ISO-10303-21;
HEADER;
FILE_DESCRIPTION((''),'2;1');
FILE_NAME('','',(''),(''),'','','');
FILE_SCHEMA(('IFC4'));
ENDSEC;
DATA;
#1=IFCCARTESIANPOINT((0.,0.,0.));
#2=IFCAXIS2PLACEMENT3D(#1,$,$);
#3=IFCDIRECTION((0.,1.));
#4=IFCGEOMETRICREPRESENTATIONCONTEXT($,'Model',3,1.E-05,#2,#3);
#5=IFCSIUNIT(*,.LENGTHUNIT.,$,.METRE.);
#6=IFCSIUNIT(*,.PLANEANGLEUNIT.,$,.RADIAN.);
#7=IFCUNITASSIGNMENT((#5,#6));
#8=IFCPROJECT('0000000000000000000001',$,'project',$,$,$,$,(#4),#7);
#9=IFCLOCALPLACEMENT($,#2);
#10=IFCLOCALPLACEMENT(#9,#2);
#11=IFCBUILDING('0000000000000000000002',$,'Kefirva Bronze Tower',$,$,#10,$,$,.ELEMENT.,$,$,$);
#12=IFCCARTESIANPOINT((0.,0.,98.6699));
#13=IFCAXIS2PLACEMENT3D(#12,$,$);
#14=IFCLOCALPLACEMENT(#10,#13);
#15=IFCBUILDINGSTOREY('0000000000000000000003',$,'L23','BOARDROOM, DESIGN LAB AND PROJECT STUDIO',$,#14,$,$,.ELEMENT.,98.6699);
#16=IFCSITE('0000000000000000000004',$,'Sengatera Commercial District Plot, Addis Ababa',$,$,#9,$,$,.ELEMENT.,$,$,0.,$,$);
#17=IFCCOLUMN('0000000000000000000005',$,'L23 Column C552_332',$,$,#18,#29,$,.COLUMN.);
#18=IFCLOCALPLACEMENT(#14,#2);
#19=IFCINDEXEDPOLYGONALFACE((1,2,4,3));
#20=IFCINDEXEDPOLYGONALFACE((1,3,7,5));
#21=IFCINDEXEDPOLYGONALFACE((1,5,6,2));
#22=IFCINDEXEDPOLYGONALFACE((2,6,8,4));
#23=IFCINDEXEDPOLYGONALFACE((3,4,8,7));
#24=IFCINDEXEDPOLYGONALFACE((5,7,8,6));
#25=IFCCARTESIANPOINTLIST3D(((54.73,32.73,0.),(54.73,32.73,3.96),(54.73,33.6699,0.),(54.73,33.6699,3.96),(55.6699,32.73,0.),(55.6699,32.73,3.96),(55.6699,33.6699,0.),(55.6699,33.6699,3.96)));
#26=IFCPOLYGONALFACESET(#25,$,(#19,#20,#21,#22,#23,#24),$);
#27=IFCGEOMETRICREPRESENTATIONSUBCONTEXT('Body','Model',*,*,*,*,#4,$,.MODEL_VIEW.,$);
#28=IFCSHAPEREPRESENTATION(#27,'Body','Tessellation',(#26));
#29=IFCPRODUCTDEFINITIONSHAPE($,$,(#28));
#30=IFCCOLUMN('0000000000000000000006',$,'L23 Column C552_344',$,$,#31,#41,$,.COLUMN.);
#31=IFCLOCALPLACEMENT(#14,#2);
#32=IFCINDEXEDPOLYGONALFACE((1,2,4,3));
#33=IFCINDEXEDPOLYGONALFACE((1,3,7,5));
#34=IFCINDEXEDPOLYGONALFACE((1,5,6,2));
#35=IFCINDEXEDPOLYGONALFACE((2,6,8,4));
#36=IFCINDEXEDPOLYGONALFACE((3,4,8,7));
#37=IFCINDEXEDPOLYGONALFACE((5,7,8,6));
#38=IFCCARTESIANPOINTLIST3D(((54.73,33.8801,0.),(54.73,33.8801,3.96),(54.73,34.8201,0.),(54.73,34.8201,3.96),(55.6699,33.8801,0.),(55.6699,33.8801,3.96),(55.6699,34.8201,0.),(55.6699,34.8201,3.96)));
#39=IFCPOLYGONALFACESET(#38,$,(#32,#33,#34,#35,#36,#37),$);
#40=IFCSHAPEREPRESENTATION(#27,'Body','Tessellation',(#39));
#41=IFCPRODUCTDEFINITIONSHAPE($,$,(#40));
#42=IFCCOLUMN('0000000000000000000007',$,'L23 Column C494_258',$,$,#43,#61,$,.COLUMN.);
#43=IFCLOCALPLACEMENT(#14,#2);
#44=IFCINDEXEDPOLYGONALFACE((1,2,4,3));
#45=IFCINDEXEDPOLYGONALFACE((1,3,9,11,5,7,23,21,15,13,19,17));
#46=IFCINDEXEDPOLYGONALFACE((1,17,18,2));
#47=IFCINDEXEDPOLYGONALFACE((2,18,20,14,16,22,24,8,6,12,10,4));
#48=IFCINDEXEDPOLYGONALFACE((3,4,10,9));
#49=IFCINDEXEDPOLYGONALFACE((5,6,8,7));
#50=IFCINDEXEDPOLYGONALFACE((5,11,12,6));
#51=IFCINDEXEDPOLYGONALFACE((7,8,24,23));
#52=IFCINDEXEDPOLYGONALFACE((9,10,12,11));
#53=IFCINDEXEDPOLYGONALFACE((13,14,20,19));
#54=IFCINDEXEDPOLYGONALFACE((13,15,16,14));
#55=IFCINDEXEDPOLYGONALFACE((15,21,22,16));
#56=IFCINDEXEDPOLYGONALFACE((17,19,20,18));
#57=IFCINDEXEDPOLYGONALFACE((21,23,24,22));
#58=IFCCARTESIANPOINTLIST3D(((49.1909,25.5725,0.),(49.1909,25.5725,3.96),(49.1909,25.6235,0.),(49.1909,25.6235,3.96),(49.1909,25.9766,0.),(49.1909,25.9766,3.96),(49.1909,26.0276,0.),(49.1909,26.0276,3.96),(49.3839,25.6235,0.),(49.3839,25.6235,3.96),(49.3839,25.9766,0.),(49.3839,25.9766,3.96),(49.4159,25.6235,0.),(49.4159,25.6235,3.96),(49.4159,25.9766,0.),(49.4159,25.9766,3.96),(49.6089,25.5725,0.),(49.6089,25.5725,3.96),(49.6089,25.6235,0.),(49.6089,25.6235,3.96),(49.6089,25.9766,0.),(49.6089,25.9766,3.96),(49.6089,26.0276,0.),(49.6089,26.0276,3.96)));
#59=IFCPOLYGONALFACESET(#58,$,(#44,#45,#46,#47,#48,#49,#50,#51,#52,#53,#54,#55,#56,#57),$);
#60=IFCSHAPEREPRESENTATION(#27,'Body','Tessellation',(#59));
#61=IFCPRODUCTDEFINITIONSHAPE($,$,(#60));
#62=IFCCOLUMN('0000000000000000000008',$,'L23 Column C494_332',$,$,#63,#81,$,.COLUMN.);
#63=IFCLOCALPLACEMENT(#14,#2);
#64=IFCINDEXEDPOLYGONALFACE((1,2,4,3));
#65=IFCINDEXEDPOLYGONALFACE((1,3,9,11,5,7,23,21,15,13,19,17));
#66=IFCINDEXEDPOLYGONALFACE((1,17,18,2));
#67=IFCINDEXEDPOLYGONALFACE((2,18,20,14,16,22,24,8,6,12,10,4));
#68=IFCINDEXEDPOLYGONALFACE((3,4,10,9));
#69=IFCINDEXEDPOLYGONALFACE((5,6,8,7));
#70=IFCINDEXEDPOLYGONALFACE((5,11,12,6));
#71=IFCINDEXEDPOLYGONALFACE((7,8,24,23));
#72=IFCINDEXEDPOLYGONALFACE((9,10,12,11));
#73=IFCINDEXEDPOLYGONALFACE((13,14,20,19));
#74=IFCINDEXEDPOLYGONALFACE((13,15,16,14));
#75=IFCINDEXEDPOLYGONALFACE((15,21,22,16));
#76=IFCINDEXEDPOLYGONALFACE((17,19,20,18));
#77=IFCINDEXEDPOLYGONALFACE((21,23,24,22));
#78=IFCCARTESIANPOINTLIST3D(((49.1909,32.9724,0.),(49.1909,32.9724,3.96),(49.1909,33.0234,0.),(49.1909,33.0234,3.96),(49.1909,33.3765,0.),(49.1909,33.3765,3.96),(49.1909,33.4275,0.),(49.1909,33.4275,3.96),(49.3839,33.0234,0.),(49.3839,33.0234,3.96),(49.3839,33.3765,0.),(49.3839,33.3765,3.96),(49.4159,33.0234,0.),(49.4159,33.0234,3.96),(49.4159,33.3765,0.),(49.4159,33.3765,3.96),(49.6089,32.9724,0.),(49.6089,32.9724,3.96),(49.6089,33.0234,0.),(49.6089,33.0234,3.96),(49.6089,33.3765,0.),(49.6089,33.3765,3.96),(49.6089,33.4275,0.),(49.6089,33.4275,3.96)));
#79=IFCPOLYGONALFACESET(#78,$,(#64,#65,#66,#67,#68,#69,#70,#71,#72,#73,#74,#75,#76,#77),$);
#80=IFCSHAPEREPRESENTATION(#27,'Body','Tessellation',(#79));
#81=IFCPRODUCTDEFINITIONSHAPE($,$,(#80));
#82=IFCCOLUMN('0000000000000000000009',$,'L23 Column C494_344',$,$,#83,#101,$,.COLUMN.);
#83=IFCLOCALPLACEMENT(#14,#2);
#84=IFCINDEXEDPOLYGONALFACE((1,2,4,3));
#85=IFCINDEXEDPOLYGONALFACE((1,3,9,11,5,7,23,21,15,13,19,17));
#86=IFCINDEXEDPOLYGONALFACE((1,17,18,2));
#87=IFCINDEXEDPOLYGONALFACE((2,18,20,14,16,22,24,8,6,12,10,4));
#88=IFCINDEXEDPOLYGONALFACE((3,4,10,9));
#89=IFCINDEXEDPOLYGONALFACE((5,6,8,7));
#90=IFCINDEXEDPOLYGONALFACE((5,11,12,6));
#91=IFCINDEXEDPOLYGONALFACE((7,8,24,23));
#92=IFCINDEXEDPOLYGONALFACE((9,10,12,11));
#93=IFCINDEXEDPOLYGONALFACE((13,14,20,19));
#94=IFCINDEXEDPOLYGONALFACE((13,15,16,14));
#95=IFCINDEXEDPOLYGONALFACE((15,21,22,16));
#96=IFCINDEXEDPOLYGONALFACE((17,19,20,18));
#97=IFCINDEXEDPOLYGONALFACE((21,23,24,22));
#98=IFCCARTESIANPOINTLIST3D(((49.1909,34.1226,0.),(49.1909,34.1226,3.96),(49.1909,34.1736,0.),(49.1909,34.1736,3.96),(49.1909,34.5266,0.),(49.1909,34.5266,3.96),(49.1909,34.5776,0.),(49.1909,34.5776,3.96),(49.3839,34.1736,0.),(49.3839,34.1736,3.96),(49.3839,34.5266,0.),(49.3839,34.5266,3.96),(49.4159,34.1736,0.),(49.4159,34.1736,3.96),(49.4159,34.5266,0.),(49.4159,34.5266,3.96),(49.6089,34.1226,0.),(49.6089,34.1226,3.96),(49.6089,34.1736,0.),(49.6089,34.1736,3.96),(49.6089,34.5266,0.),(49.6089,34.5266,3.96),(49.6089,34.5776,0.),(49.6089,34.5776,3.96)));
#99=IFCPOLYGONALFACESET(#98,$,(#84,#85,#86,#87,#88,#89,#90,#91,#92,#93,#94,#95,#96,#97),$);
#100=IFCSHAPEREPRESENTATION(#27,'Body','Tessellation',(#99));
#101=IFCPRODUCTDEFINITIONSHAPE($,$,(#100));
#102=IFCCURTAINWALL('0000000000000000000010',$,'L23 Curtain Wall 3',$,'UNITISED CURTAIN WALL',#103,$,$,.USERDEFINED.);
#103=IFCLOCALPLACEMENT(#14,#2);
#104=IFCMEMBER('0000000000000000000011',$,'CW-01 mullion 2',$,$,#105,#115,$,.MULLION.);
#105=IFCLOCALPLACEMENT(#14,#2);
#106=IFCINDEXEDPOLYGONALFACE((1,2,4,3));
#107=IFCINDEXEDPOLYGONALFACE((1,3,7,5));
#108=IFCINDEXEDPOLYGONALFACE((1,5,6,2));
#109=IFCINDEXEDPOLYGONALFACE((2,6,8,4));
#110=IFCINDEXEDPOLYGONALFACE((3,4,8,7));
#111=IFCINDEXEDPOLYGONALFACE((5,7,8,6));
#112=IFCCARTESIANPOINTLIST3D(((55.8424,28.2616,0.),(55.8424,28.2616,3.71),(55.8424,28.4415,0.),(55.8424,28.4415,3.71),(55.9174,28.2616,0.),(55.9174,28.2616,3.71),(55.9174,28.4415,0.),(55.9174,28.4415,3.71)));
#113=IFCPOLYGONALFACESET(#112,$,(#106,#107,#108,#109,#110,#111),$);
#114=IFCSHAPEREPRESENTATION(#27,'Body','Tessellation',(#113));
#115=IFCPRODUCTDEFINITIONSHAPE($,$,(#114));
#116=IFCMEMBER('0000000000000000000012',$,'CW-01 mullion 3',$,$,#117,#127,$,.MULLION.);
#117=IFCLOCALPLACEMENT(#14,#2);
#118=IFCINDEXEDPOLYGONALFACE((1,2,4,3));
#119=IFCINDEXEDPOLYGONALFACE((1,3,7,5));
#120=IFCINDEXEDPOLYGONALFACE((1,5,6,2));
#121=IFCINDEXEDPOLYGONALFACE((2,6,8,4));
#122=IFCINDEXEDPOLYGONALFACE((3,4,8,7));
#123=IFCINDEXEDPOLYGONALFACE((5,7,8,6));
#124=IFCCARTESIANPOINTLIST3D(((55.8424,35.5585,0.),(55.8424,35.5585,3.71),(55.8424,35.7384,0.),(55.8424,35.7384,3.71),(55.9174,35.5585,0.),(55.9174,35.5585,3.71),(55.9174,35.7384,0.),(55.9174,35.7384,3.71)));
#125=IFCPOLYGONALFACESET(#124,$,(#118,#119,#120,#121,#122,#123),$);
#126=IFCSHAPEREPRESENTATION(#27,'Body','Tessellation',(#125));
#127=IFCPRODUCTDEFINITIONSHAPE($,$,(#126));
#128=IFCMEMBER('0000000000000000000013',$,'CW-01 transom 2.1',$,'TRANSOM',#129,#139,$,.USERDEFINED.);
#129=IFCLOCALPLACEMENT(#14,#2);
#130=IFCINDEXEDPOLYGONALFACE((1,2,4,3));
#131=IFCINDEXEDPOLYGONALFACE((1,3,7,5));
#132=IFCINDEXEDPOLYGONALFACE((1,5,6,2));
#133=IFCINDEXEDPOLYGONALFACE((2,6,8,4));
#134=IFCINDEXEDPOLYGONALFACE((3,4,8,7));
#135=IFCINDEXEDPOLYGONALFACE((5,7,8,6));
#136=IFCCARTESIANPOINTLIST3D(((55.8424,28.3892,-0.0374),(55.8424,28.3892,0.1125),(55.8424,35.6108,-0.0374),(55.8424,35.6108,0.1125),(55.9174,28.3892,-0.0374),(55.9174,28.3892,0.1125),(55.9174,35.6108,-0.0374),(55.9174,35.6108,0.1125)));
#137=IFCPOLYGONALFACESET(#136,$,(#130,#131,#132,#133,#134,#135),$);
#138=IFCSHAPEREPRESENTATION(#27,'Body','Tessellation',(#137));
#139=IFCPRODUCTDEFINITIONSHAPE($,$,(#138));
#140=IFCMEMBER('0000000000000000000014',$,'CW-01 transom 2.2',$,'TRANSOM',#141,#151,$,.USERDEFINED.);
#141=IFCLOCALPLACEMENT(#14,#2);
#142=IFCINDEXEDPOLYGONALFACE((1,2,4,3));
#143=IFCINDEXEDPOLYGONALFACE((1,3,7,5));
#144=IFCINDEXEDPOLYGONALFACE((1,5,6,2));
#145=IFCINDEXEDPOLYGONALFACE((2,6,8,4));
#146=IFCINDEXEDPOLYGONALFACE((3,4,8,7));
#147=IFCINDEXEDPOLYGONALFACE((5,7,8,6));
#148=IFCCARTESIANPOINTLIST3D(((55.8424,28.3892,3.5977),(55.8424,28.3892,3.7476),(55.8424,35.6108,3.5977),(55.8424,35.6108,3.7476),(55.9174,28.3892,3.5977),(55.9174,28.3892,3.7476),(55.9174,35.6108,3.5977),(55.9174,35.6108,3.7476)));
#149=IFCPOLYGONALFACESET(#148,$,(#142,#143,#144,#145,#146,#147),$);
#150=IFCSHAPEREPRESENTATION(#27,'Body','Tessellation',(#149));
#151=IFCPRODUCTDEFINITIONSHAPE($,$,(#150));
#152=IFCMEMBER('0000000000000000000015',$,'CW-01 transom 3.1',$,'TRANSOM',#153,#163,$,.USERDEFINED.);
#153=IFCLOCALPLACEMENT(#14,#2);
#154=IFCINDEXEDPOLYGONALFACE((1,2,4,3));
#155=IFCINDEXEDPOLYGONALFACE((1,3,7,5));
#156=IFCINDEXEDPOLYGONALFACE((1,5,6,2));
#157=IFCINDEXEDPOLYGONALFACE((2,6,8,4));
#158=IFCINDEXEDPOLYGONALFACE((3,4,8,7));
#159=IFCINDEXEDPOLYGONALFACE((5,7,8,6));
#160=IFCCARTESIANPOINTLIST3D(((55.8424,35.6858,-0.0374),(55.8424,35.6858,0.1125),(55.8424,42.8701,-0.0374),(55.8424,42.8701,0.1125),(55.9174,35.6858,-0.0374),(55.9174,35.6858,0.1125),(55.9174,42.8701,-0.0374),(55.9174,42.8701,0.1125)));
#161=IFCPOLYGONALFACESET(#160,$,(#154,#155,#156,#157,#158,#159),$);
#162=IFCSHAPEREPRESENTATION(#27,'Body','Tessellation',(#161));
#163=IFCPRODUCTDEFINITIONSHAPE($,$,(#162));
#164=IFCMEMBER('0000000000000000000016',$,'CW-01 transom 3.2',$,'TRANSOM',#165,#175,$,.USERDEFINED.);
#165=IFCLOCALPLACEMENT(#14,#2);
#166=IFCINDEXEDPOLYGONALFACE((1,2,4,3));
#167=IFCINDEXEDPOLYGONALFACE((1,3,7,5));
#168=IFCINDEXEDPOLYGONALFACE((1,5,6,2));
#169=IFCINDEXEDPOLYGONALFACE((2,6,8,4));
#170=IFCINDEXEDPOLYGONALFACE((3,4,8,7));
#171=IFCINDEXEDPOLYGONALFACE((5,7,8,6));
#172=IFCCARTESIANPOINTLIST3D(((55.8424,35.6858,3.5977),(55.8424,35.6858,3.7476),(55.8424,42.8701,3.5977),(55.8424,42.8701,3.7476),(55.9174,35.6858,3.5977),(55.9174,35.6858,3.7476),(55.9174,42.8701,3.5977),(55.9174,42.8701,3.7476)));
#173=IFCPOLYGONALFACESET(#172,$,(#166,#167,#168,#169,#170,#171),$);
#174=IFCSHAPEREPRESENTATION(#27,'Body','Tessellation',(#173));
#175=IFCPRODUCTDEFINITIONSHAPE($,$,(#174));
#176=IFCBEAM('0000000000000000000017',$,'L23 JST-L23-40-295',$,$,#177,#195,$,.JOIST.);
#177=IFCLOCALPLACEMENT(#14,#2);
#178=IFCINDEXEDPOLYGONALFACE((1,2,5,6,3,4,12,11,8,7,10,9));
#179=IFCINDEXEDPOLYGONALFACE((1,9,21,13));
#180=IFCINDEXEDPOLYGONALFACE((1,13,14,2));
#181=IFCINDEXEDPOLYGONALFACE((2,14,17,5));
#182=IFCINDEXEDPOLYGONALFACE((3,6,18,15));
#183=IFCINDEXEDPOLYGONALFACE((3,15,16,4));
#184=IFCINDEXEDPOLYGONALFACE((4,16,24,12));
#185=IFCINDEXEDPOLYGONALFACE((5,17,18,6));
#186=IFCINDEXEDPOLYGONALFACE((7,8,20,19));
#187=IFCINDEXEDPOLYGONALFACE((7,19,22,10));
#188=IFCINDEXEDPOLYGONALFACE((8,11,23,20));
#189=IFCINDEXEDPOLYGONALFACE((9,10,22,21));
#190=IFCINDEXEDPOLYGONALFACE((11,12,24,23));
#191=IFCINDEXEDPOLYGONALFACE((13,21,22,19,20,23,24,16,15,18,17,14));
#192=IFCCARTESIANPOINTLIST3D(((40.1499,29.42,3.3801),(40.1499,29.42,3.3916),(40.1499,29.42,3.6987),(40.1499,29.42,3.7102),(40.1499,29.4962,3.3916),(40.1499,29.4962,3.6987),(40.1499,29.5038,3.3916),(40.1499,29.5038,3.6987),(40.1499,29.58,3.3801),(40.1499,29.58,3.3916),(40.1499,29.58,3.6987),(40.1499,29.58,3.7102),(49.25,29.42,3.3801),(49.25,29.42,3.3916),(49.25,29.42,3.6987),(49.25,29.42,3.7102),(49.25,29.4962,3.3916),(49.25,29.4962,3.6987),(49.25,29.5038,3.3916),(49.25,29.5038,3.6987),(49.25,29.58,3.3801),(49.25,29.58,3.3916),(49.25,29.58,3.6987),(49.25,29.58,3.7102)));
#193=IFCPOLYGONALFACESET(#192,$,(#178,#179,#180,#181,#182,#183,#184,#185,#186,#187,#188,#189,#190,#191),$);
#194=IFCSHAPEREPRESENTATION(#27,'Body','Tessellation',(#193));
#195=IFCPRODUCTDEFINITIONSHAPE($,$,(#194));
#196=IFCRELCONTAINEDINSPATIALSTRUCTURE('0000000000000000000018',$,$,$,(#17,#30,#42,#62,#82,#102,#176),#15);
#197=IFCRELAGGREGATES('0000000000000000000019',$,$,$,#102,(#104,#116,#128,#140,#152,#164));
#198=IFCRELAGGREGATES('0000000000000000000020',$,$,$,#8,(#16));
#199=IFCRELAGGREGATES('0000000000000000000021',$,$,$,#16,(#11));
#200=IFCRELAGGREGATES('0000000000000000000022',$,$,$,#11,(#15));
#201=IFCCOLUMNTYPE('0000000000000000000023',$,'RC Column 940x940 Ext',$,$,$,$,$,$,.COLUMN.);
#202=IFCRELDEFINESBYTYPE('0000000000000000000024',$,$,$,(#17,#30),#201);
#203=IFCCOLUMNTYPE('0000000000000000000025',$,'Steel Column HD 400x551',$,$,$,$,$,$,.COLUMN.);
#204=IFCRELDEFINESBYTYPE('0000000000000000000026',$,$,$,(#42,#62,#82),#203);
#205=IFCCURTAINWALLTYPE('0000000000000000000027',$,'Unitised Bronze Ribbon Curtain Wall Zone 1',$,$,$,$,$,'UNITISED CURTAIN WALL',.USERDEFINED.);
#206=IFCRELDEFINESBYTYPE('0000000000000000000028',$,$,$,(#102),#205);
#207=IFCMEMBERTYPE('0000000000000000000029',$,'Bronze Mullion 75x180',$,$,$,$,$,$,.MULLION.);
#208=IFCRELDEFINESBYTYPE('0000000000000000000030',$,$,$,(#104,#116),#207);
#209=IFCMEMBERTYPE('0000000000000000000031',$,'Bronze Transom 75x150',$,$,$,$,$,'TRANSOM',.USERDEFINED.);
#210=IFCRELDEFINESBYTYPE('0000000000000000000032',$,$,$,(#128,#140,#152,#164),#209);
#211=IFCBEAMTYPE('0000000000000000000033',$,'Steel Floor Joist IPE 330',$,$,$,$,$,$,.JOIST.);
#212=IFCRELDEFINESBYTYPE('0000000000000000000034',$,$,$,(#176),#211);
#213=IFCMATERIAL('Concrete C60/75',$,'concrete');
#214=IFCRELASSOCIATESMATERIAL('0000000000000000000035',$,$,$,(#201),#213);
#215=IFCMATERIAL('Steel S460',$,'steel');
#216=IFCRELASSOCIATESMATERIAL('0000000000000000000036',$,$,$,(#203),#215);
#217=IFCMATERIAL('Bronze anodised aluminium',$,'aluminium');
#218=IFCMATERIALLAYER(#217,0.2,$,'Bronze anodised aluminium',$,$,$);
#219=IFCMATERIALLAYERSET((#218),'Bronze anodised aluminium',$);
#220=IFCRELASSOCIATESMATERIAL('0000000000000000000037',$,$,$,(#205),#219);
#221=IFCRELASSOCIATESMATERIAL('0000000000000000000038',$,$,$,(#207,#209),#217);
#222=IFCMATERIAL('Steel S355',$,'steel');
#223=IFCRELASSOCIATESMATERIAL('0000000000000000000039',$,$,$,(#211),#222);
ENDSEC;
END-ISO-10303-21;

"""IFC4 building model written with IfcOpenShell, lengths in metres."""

from ifc_helpers import new_model, si_unit, direction, frame, origin, origin_2d, place, context, subcontext, project, spatial, rectangle, i_section, extrude, material, layer, layer_set, material_profile, profile_set, type_object, element, aggregate, save


model = new_model("IFC4")

# Units and contexts
model_context = context("Model", 3, precision=1e-05, world=origin(), true_north=direction((0.0, 1.0)))
body_context = subcontext(model_context, "Body", "Model", "MODEL_VIEW")
ifc_project = project(units=[si_unit("LENGTHUNIT", "METRE"), si_unit("PLANEANGLEUNIT", "RADIAN")], contexts=[model_context])

# Site, building, storey
site_placement = place(None, origin())
site = spatial("IfcSite", under=ifc_project, at=site_placement, Name="Sengatera Commercial District Plot, Addis Ababa", CompositionType="ELEMENT", RefElevation=0.0)
building_placement = place(site_placement, origin())
building = spatial("IfcBuilding", under=site, at=building_placement, Name="Kefirva Bronze Tower", CompositionType="ELEMENT")
storey_placement = place(building_placement, frame((0.0, 0.0, 98.6699)))
storey = spatial("IfcBuildingStorey", under=building, at=storey_placement, Name="L23", Description="BOARDROOM, DESIGN LAB AND PROJECT STUDIO", CompositionType="ELEMENT", Elevation=98.6699)

# Columns
ifc_material_1 = material(Name="Concrete C60/75", Category="concrete")
ifc_material_profile_1 = material_profile(ifc_material_1, rectangle(XDim=0.9399, YDim=0.9399, at=origin_2d()), Name="RC 940x940")
ifc_profile_set_1 = profile_set([ifc_material_profile_1], Name="Concrete C60/75")
column_type_1 = type_object("IfcColumnType", Name="RC Column 940x940 Ext", PredefinedType="COLUMN", material=ifc_profile_set_1)
for number, where, z_axis, x_axis, name in (
    (1, (55.2, 33.2, 0.0), (0.0, 0.0, 1.0), (1.0, 0.0, 0.0), "L23 Column C552_332"),
    (2, (55.2, 34.3501, 0.0), (0.0, 0.0, 1.0), (1.0, 0.0, 0.0), "L23 Column C552_344"),
):
    element("IfcColumn", number, at=place(storey_placement, frame(where, z_axis=z_axis, x_axis=x_axis)), inside=storey, type_object=column_type_1, Name=name, PredefinedType="COLUMN", context=body_context, shape_type="SweptSolid", body=[
        extrude(rectangle(XDim=0.9399, YDim=0.9399, at=origin_2d()), origin(), (0.0, 0.0, 1.0), 3.96),
    ])
ifc_material_2 = material(Name="Steel S460", Category="steel")
ifc_material_profile_2 = material_profile(ifc_material_2, i_section(OverallWidth=0.418, OverallDepth=0.4551, WebThickness=0.032, FlangeThickness=0.051, at=origin_2d()), Name="HD 400x551")
ifc_profile_set_2 = profile_set([ifc_material_profile_2], Name="Steel S460")
column_type_2 = type_object("IfcColumnType", Name="Steel Column HD 400x551", PredefinedType="COLUMN", material=ifc_profile_set_2)
for number, where, z_axis, x_axis, name in (
    (3, (49.3999, 25.8, 0.0), (0.0, 0.0, 1.0), (1.0, 0.0, 0.0), "L23 Column C494_258"),
    (4, (49.3999, 33.2, 0.0), (0.0, 0.0, 1.0), (1.0, 0.0, 0.0), "L23 Column C494_332"),
    (5, (49.3999, 34.3501, 0.0), (0.0, 0.0, 1.0), (1.0, 0.0, 0.0), "L23 Column C494_344"),
):
    element("IfcColumn", number, at=place(storey_placement, frame(where, z_axis=z_axis, x_axis=x_axis)), inside=storey, type_object=column_type_2, Name=name, PredefinedType="COLUMN", context=body_context, shape_type="SweptSolid", body=[
        extrude(i_section(OverallWidth=0.418, OverallDepth=0.4551, WebThickness=0.032, FlangeThickness=0.051, at=origin_2d()), origin(), (0.0, 0.0, 1.0), 3.96),
    ])

# Curtain wall, members
ifc_material_3 = material(Name="Bronze anodised aluminium", Category="aluminium")
ifc_layer_1 = layer(ifc_material_3, 0.2, Name="Bronze anodised aluminium")
ifc_layer_set_1 = layer_set([ifc_layer_1], Name="Bronze anodised aluminium")
curtain_wall_type = type_object("IfcCurtainWallType", Name="Unitised Bronze Ribbon Curtain Wall Zone 1", ElementType="UNITISED CURTAIN WALL", PredefinedType="USERDEFINED", material=ifc_layer_set_1)
curtain_wall_placement = place(storey_placement, origin())
curtain_wall = element("IfcCurtainWall", 6, at=curtain_wall_placement, inside=storey, type_object=curtain_wall_type, Name="L23 Curtain Wall 3", ObjectType="UNITISED CURTAIN WALL", PredefinedType="USERDEFINED")
ifc_material_profile_3 = material_profile(ifc_material_3, rectangle(XDim=0.075, YDim=0.1799, at=origin_2d()), Name="ALU 75x180")
ifc_profile_set_3 = profile_set([ifc_material_profile_3], Name="Bronze anodised aluminium")
member_type_1 = type_object("IfcMemberType", Name="Bronze Mullion 75x180", PredefinedType="MULLION", material=ifc_profile_set_3)
member_1_placement = place(storey_placement, frame((55.8799, 28.3516, 0.0), z_axis=(0.0, 0.0, 1.0), x_axis=(-1.0, 0.0, 0.0)))
member_1 = element("IfcMember", 7, at=member_1_placement, type_object=member_type_1, Name="CW-01 mullion 2", PredefinedType="MULLION", context=body_context, shape_type="SweptSolid", body=[
    extrude(rectangle(XDim=0.075, YDim=0.1799, at=origin_2d()), origin(), (0.0, 0.0, 1.0), 3.71),
])
member_2_placement = place(storey_placement, frame((55.8799, 35.6484, 0.0), z_axis=(0.0, 0.0, 1.0), x_axis=(-1.0, 0.0, 0.0)))
member_2 = element("IfcMember", 8, at=member_2_placement, type_object=member_type_1, Name="CW-01 mullion 3", PredefinedType="MULLION", context=body_context, shape_type="SweptSolid", body=[
    extrude(rectangle(XDim=0.075, YDim=0.1799, at=origin_2d()), origin(), (0.0, 0.0, 1.0), 3.71),
])
ifc_material_profile_4 = material_profile(ifc_material_3, rectangle(XDim=0.075, YDim=0.1499, at=origin_2d()), Name="ALU 75x150")
ifc_profile_set_4 = profile_set([ifc_material_profile_4], Name="Bronze anodised aluminium")
member_type_2 = type_object("IfcMemberType", Name="Bronze Transom 75x150", ElementType="TRANSOM", PredefinedType="USERDEFINED", material=ifc_profile_set_4)
member_3_placement = place(storey_placement, frame((55.8799, 28.3892, 0.0376), z_axis=(0.0, 1.0, 0.0), x_axis=(-1.0, 0.0, 0.0)))
member_3 = element("IfcMember", 9, at=member_3_placement, type_object=member_type_2, Name="CW-01 transom 2.1", ObjectType="TRANSOM", PredefinedType="USERDEFINED", context=body_context, shape_type="SweptSolid", body=[
    extrude(rectangle(XDim=0.075, YDim=0.1499, at=origin_2d()), origin(), (0.0, 0.0, 1.0), 7.2217),
])
member_4_placement = place(storey_placement, frame((55.8799, 28.3892, 3.6726), z_axis=(0.0, 1.0, 0.0), x_axis=(-1.0, 0.0, 0.0)))
member_4 = element("IfcMember", 10, at=member_4_placement, type_object=member_type_2, Name="CW-01 transom 2.2", ObjectType="TRANSOM", PredefinedType="USERDEFINED", context=body_context, shape_type="SweptSolid", body=[
    extrude(rectangle(XDim=0.075, YDim=0.1499, at=origin_2d()), origin(), (0.0, 0.0, 1.0), 7.2217),
])
member_5_placement = place(storey_placement, frame((55.8799, 35.6858, 0.0376), z_axis=(0.0, 1.0, 0.0), x_axis=(-1.0, 0.0, 0.0)))
member_5 = element("IfcMember", 11, at=member_5_placement, type_object=member_type_2, Name="CW-01 transom 3.1", ObjectType="TRANSOM", PredefinedType="USERDEFINED", context=body_context, shape_type="SweptSolid", body=[
    extrude(rectangle(XDim=0.075, YDim=0.1499, at=origin_2d()), origin(), (0.0, 0.0, 1.0), 7.1843),
])
member_6_placement = place(storey_placement, frame((55.8799, 35.6858, 3.6726), z_axis=(0.0, 1.0, 0.0), x_axis=(-1.0, 0.0, 0.0)))
member_6 = element("IfcMember", 12, at=member_6_placement, type_object=member_type_2, Name="CW-01 transom 3.2", ObjectType="TRANSOM", PredefinedType="USERDEFINED", context=body_context, shape_type="SweptSolid", body=[
    extrude(rectangle(XDim=0.075, YDim=0.1499, at=origin_2d()), origin(), (0.0, 0.0, 1.0), 7.1843),
])

# Beam
ifc_material_4 = material(Name="Steel S355", Category="steel")
ifc_material_profile_5 = material_profile(ifc_material_4, i_section(OverallWidth=0.1599, OverallDepth=0.3301, WebThickness=0.0076, FlangeThickness=0.0115, at=origin_2d()), Name="IPE 330")
ifc_profile_set_5 = profile_set([ifc_material_profile_5], Name="Steel S355")
beam_type_1 = type_object("IfcBeamType", Name="Steel Floor Joist IPE 330", PredefinedType="JOIST", material=ifc_profile_set_5)
beam_1_placement = place(storey_placement, frame((40.1499, 29.5, 3.5452), z_axis=(1.0, 0.0, 0.0), x_axis=(0.0, 1.0, 0.0)))
element("IfcBeam", 13, at=beam_1_placement, inside=storey, type_object=beam_type_1, Name="L23 JST-L23-40-295", PredefinedType="JOIST", context=body_context, shape_type="SweptSolid", body=[
    extrude(i_section(OverallWidth=0.1599, OverallDepth=0.3301, WebThickness=0.0076, FlangeThickness=0.0115, at=origin_2d()), origin(), (0.0, 0.0, 1.0), 9.1001),
])

aggregate(curtain_wall, [member_1, member_2, member_3, member_4, member_5, member_6])

save(model, "model.ifc")
